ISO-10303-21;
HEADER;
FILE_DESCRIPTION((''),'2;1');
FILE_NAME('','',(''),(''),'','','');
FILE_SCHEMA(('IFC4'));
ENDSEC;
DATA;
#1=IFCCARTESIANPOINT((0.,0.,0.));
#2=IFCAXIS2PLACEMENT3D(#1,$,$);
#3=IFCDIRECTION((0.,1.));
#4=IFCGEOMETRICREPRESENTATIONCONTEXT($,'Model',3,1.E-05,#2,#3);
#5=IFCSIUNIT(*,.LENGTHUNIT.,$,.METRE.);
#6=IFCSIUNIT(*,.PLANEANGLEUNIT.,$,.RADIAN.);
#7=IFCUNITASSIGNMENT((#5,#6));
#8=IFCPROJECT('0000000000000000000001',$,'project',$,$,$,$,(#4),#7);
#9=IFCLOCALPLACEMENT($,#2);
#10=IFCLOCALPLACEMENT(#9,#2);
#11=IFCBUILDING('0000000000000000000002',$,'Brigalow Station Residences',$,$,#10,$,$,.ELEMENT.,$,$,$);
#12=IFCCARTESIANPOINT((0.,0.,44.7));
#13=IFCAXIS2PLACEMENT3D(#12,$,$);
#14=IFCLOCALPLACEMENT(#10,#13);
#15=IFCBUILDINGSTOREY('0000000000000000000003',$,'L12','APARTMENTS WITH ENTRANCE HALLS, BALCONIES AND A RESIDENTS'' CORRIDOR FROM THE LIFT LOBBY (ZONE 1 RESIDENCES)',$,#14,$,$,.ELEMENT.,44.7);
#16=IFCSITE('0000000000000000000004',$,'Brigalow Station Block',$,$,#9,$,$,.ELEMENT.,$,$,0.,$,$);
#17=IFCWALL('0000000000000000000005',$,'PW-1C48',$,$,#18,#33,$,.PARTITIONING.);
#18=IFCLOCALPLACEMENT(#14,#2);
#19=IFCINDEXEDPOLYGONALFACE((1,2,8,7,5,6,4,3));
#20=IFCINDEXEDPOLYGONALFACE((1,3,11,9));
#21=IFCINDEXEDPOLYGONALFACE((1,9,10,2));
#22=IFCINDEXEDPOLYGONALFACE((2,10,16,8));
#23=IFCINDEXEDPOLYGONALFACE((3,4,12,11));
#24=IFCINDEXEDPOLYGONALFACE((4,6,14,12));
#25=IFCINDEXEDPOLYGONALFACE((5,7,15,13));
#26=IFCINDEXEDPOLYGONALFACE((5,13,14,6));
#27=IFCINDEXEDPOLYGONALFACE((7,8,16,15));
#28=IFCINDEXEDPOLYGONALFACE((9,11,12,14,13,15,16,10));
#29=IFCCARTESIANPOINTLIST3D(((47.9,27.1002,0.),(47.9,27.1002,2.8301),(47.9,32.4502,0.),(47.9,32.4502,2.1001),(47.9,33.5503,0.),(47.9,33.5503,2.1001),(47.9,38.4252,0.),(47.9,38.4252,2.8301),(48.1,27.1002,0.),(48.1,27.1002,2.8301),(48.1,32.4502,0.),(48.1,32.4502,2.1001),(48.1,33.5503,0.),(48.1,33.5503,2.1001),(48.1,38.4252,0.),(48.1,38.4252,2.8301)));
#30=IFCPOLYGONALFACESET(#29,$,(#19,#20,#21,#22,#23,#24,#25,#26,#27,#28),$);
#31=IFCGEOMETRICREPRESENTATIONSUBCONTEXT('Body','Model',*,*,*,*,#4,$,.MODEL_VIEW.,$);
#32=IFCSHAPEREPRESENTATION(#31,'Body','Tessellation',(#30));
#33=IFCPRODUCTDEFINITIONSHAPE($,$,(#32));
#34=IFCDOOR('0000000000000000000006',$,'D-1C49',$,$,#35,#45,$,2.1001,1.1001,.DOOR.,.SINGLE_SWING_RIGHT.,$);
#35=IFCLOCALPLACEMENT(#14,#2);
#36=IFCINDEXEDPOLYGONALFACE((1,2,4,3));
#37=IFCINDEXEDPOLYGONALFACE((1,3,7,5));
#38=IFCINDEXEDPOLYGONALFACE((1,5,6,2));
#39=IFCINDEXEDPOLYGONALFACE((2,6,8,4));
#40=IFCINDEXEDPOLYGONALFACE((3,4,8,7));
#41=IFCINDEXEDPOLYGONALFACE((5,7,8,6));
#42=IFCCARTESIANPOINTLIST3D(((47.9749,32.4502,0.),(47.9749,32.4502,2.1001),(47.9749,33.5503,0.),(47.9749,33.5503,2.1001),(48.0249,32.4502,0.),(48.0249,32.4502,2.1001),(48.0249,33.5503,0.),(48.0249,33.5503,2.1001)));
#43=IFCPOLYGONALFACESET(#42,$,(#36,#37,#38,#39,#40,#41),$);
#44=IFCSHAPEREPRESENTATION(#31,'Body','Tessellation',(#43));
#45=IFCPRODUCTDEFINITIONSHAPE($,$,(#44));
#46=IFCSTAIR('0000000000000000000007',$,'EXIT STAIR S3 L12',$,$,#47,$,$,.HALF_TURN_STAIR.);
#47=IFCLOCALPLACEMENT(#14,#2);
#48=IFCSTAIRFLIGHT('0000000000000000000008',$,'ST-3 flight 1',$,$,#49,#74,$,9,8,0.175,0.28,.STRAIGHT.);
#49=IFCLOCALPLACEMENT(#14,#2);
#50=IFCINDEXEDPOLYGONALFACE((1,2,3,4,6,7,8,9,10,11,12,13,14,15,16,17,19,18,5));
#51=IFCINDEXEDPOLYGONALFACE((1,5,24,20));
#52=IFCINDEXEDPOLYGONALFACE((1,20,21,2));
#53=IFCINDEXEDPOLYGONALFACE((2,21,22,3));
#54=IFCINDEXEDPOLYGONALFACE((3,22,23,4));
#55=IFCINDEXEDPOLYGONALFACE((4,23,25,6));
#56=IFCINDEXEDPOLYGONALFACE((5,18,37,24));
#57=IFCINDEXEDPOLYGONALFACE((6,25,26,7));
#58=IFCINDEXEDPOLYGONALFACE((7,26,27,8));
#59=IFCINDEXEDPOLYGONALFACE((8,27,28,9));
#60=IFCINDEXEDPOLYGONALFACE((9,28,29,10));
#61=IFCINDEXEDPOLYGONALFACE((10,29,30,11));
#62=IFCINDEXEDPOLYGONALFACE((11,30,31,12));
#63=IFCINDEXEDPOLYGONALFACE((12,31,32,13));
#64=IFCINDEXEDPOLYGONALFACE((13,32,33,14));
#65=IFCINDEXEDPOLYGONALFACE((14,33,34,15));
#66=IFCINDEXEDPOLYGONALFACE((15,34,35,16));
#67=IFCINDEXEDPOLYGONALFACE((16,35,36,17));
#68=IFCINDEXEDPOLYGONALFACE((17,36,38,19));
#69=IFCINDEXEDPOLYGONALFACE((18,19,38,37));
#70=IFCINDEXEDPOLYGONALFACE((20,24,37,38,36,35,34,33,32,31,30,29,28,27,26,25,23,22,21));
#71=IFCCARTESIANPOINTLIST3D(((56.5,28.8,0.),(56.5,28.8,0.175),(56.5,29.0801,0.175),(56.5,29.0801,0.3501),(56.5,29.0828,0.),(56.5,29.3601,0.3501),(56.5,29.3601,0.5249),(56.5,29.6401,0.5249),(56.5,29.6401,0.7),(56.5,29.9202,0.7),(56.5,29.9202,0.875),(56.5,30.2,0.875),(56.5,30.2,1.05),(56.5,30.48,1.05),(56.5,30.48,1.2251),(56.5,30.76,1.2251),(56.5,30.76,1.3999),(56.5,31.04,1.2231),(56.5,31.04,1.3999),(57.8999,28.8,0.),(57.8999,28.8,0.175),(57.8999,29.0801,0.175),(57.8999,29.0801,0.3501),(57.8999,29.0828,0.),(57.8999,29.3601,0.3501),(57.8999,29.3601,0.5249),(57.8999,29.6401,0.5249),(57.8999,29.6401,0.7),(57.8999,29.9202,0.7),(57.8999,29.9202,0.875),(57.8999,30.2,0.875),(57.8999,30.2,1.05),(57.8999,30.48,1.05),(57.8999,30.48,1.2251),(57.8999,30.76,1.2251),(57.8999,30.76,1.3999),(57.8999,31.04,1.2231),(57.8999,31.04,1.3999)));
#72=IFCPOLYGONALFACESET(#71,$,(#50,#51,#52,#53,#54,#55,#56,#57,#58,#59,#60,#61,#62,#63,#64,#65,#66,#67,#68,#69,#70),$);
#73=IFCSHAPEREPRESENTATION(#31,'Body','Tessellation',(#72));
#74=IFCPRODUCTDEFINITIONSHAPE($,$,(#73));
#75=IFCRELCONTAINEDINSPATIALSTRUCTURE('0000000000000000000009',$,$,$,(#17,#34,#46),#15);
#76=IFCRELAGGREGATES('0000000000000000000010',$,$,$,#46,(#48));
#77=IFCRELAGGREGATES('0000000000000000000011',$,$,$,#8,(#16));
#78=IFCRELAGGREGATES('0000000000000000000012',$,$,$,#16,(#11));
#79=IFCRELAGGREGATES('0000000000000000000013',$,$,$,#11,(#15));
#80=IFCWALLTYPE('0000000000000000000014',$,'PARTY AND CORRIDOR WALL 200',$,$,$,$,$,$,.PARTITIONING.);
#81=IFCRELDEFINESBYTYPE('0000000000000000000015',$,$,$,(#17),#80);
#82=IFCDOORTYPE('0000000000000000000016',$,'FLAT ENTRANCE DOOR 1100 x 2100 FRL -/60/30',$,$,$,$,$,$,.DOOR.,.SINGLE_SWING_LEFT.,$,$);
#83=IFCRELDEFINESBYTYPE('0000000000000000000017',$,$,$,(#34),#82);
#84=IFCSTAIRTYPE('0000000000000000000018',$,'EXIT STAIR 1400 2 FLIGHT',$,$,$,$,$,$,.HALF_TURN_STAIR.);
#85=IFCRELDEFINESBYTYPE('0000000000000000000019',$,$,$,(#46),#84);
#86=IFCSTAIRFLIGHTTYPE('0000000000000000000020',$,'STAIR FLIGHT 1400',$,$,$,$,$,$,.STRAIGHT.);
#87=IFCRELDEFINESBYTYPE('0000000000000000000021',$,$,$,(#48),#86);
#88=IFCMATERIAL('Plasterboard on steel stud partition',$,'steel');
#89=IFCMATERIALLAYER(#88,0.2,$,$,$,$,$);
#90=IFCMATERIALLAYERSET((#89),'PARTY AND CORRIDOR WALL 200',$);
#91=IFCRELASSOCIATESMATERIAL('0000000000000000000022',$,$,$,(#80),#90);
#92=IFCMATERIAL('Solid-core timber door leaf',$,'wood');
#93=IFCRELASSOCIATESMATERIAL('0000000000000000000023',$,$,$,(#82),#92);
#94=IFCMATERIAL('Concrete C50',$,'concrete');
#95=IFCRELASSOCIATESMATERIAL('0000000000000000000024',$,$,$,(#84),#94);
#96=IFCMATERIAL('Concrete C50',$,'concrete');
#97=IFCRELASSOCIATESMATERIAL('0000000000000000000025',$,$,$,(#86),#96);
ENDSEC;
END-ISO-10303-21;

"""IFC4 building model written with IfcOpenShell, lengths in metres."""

from ifc_helpers import new_model, si_unit, direction, frame, frame_2d, origin, place, context, subcontext, project, spatial, polyline, rectangle, outline, extrude, material, layer, layer_set, type_object, element, fill, aggregate, save


model = new_model("IFC4")

# Units and contexts
model_context = context("Model", 3, precision=1e-05, world=origin(), true_north=direction((0.0, 1.0)))
body_context = subcontext(model_context, "Body", "Model", "MODEL_VIEW")
ifc_project = project(units=[si_unit("LENGTHUNIT", "METRE"), si_unit("PLANEANGLEUNIT", "RADIAN")], contexts=[model_context])

# Site, building, storey
site_placement = place(None, origin())
site = spatial("IfcSite", under=ifc_project, at=site_placement, Name="Brigalow Station Block", CompositionType="ELEMENT", RefElevation=0.0)
building_placement = place(site_placement, origin())
building = spatial("IfcBuilding", under=site, at=building_placement, Name="Brigalow Station Residences", CompositionType="ELEMENT")
storey_placement = place(building_placement, frame((0.0, 0.0, 44.7)))
storey = spatial("IfcBuildingStorey", under=building, at=storey_placement, Name="L12", Description="APARTMENTS WITH ENTRANCE HALLS, BALCONIES AND A RESIDENTS' CORRIDOR FROM THE LIFT LOBBY (ZONE 1 RESIDENCES)", CompositionType="ELEMENT", Elevation=44.7)

# Shared definitions
ifc_material_1 = material(Name="Plasterboard on steel stud partition", Category="steel")
ifc_layer_1 = layer(ifc_material_1, 0.2)
ifc_layer_set_1 = layer_set([ifc_layer_1], Name="PARTY AND CORRIDOR WALL 200")
wall_type_1 = type_object("IfcWallType", Name="PARTY AND CORRIDOR WALL 200", PredefinedType="PARTITIONING", material=ifc_layer_set_1)

# Wall, opening, door
wall_1_placement = place(storey_placement, frame((48.0, 27.1001, 0.0), z_axis=(0.0, 0.0, 1.0), x_axis=(0.0, 1.0, 0.0)))
wall_1 = element("IfcWall", 1, at=wall_1_placement, inside=storey, type_object=wall_type_1, Name="PW-1C48", PredefinedType="PARTITIONING", context=body_context, shape_type="SweptSolid", body=[
    extrude(rectangle(XDim=11.325, YDim=0.2, at=frame_2d((5.6626, 0.0))), origin(), (0.0, 0.0, 1.0), 2.8301),
])
opening_1_placement = place(wall_1_placement, frame((5.3501, 0.0, 0.0)))
opening_1 = element("IfcOpeningElement", 2, at=opening_1_placement, cuts=wall_1, PredefinedType="OPENING", context=body_context, shape_type="SweptSolid", body=[
    extrude(rectangle(XDim=1.1001, YDim=2.1001, at=frame_2d((0.55, 1.05))), frame((0.0, 0.1099, 0.0), z_axis=(0.0, -1.0, 0.0), x_axis=(1.0, 0.0, 0.0)), (0.0, 0.0, 1.0), 0.22),
])
ifc_material_2 = material(Name="Solid-core timber door leaf", Category="wood")
door_type_1 = type_object("IfcDoorType", Name="FLAT ENTRANCE DOOR 1100 x 2100 FRL -/60/30", OperationType="SINGLE_SWING_LEFT", PredefinedType="DOOR", material=ifc_material_2)
door_1_placement = place(opening_1_placement, frame((1.1001, 0.0, 0.0), z_axis=(0.0, 0.0, 1.0), x_axis=(-1.0, 0.0, 0.0)))
door_1 = element("IfcDoor", 3, at=door_1_placement, inside=storey, type_object=door_type_1, Name="D-1C49", OperationType="SINGLE_SWING_RIGHT", OverallHeight=2.1001, OverallWidth=1.1001, PredefinedType="DOOR", context=body_context, shape_type="SweptSolid", body=[
    extrude(rectangle(XDim=1.1001, YDim=2.1001, at=frame_2d((0.55, 1.05))), frame((0.0, 0.0249, 0.0), z_axis=(0.0, -1.0, 0.0), x_axis=(1.0, 0.0, 0.0)), (0.0, 0.0, 1.0), 0.05),
])
fill(opening_1, door_1)

# Stair, stair flight
ifc_material_3 = material(Name="Concrete C50", Category="concrete")
stair_type = type_object("IfcStairType", Name="EXIT STAIR 1400 2 FLIGHT", PredefinedType="HALF_TURN_STAIR", material=ifc_material_3)
stair_placement = place(storey_placement, origin())
stair = element("IfcStair", 4, at=stair_placement, inside=storey, type_object=stair_type, Name="EXIT STAIR S3 L12", PredefinedType="HALF_TURN_STAIR")
ifc_material_4 = material(Name="Concrete C50", Category="concrete")
stair_flight_type = type_object("IfcStairFlightType", Name="STAIR FLIGHT 1400", PredefinedType="STRAIGHT", material=ifc_material_4)
stair_flight_placement = place(storey_placement, frame((57.2, 28.8, 0.0), z_axis=(0.0, 0.0, 1.0), x_axis=(0.0, 1.0, 0.0)))
stair_flight = element("IfcStairFlight", 5, at=stair_flight_placement, type_object=stair_flight_type, Name="ST-3 flight 1", NumberOfRisers=9, NumberOfTreads=8, PredefinedType="STRAIGHT", RiserHeight=0.175, TreadLength=0.28, context=body_context, shape_type="SweptSolid", body=[
    extrude(outline(polyline([(0.0, 0.0), (0.0, 0.175), (0.28, 0.175), (0.28, 0.3501), (0.5601, 0.3501), (0.5601, 0.5249), (0.8401, 0.5249), (0.8401, 0.7), (1.1201, 0.7), (1.1201, 0.875), (1.3999, 0.875), (1.3999, 1.05), (1.6799, 1.05), (1.6799, 1.2251), (1.96, 1.2251), (1.96, 1.3999), (2.24, 1.3999), (2.24, 1.575), (2.24, 1.2231), (0.2827, 0.0), (0.0, 0.0)])), frame((0.0, 0.7, 0.0), z_axis=(0.0, -1.0, 0.0), x_axis=(1.0, 0.0, 0.0)), (0.0, 0.0, 1.0), 1.3999),
])
aggregate(stair, [stair_flight])

save(model, "model.ifc")
